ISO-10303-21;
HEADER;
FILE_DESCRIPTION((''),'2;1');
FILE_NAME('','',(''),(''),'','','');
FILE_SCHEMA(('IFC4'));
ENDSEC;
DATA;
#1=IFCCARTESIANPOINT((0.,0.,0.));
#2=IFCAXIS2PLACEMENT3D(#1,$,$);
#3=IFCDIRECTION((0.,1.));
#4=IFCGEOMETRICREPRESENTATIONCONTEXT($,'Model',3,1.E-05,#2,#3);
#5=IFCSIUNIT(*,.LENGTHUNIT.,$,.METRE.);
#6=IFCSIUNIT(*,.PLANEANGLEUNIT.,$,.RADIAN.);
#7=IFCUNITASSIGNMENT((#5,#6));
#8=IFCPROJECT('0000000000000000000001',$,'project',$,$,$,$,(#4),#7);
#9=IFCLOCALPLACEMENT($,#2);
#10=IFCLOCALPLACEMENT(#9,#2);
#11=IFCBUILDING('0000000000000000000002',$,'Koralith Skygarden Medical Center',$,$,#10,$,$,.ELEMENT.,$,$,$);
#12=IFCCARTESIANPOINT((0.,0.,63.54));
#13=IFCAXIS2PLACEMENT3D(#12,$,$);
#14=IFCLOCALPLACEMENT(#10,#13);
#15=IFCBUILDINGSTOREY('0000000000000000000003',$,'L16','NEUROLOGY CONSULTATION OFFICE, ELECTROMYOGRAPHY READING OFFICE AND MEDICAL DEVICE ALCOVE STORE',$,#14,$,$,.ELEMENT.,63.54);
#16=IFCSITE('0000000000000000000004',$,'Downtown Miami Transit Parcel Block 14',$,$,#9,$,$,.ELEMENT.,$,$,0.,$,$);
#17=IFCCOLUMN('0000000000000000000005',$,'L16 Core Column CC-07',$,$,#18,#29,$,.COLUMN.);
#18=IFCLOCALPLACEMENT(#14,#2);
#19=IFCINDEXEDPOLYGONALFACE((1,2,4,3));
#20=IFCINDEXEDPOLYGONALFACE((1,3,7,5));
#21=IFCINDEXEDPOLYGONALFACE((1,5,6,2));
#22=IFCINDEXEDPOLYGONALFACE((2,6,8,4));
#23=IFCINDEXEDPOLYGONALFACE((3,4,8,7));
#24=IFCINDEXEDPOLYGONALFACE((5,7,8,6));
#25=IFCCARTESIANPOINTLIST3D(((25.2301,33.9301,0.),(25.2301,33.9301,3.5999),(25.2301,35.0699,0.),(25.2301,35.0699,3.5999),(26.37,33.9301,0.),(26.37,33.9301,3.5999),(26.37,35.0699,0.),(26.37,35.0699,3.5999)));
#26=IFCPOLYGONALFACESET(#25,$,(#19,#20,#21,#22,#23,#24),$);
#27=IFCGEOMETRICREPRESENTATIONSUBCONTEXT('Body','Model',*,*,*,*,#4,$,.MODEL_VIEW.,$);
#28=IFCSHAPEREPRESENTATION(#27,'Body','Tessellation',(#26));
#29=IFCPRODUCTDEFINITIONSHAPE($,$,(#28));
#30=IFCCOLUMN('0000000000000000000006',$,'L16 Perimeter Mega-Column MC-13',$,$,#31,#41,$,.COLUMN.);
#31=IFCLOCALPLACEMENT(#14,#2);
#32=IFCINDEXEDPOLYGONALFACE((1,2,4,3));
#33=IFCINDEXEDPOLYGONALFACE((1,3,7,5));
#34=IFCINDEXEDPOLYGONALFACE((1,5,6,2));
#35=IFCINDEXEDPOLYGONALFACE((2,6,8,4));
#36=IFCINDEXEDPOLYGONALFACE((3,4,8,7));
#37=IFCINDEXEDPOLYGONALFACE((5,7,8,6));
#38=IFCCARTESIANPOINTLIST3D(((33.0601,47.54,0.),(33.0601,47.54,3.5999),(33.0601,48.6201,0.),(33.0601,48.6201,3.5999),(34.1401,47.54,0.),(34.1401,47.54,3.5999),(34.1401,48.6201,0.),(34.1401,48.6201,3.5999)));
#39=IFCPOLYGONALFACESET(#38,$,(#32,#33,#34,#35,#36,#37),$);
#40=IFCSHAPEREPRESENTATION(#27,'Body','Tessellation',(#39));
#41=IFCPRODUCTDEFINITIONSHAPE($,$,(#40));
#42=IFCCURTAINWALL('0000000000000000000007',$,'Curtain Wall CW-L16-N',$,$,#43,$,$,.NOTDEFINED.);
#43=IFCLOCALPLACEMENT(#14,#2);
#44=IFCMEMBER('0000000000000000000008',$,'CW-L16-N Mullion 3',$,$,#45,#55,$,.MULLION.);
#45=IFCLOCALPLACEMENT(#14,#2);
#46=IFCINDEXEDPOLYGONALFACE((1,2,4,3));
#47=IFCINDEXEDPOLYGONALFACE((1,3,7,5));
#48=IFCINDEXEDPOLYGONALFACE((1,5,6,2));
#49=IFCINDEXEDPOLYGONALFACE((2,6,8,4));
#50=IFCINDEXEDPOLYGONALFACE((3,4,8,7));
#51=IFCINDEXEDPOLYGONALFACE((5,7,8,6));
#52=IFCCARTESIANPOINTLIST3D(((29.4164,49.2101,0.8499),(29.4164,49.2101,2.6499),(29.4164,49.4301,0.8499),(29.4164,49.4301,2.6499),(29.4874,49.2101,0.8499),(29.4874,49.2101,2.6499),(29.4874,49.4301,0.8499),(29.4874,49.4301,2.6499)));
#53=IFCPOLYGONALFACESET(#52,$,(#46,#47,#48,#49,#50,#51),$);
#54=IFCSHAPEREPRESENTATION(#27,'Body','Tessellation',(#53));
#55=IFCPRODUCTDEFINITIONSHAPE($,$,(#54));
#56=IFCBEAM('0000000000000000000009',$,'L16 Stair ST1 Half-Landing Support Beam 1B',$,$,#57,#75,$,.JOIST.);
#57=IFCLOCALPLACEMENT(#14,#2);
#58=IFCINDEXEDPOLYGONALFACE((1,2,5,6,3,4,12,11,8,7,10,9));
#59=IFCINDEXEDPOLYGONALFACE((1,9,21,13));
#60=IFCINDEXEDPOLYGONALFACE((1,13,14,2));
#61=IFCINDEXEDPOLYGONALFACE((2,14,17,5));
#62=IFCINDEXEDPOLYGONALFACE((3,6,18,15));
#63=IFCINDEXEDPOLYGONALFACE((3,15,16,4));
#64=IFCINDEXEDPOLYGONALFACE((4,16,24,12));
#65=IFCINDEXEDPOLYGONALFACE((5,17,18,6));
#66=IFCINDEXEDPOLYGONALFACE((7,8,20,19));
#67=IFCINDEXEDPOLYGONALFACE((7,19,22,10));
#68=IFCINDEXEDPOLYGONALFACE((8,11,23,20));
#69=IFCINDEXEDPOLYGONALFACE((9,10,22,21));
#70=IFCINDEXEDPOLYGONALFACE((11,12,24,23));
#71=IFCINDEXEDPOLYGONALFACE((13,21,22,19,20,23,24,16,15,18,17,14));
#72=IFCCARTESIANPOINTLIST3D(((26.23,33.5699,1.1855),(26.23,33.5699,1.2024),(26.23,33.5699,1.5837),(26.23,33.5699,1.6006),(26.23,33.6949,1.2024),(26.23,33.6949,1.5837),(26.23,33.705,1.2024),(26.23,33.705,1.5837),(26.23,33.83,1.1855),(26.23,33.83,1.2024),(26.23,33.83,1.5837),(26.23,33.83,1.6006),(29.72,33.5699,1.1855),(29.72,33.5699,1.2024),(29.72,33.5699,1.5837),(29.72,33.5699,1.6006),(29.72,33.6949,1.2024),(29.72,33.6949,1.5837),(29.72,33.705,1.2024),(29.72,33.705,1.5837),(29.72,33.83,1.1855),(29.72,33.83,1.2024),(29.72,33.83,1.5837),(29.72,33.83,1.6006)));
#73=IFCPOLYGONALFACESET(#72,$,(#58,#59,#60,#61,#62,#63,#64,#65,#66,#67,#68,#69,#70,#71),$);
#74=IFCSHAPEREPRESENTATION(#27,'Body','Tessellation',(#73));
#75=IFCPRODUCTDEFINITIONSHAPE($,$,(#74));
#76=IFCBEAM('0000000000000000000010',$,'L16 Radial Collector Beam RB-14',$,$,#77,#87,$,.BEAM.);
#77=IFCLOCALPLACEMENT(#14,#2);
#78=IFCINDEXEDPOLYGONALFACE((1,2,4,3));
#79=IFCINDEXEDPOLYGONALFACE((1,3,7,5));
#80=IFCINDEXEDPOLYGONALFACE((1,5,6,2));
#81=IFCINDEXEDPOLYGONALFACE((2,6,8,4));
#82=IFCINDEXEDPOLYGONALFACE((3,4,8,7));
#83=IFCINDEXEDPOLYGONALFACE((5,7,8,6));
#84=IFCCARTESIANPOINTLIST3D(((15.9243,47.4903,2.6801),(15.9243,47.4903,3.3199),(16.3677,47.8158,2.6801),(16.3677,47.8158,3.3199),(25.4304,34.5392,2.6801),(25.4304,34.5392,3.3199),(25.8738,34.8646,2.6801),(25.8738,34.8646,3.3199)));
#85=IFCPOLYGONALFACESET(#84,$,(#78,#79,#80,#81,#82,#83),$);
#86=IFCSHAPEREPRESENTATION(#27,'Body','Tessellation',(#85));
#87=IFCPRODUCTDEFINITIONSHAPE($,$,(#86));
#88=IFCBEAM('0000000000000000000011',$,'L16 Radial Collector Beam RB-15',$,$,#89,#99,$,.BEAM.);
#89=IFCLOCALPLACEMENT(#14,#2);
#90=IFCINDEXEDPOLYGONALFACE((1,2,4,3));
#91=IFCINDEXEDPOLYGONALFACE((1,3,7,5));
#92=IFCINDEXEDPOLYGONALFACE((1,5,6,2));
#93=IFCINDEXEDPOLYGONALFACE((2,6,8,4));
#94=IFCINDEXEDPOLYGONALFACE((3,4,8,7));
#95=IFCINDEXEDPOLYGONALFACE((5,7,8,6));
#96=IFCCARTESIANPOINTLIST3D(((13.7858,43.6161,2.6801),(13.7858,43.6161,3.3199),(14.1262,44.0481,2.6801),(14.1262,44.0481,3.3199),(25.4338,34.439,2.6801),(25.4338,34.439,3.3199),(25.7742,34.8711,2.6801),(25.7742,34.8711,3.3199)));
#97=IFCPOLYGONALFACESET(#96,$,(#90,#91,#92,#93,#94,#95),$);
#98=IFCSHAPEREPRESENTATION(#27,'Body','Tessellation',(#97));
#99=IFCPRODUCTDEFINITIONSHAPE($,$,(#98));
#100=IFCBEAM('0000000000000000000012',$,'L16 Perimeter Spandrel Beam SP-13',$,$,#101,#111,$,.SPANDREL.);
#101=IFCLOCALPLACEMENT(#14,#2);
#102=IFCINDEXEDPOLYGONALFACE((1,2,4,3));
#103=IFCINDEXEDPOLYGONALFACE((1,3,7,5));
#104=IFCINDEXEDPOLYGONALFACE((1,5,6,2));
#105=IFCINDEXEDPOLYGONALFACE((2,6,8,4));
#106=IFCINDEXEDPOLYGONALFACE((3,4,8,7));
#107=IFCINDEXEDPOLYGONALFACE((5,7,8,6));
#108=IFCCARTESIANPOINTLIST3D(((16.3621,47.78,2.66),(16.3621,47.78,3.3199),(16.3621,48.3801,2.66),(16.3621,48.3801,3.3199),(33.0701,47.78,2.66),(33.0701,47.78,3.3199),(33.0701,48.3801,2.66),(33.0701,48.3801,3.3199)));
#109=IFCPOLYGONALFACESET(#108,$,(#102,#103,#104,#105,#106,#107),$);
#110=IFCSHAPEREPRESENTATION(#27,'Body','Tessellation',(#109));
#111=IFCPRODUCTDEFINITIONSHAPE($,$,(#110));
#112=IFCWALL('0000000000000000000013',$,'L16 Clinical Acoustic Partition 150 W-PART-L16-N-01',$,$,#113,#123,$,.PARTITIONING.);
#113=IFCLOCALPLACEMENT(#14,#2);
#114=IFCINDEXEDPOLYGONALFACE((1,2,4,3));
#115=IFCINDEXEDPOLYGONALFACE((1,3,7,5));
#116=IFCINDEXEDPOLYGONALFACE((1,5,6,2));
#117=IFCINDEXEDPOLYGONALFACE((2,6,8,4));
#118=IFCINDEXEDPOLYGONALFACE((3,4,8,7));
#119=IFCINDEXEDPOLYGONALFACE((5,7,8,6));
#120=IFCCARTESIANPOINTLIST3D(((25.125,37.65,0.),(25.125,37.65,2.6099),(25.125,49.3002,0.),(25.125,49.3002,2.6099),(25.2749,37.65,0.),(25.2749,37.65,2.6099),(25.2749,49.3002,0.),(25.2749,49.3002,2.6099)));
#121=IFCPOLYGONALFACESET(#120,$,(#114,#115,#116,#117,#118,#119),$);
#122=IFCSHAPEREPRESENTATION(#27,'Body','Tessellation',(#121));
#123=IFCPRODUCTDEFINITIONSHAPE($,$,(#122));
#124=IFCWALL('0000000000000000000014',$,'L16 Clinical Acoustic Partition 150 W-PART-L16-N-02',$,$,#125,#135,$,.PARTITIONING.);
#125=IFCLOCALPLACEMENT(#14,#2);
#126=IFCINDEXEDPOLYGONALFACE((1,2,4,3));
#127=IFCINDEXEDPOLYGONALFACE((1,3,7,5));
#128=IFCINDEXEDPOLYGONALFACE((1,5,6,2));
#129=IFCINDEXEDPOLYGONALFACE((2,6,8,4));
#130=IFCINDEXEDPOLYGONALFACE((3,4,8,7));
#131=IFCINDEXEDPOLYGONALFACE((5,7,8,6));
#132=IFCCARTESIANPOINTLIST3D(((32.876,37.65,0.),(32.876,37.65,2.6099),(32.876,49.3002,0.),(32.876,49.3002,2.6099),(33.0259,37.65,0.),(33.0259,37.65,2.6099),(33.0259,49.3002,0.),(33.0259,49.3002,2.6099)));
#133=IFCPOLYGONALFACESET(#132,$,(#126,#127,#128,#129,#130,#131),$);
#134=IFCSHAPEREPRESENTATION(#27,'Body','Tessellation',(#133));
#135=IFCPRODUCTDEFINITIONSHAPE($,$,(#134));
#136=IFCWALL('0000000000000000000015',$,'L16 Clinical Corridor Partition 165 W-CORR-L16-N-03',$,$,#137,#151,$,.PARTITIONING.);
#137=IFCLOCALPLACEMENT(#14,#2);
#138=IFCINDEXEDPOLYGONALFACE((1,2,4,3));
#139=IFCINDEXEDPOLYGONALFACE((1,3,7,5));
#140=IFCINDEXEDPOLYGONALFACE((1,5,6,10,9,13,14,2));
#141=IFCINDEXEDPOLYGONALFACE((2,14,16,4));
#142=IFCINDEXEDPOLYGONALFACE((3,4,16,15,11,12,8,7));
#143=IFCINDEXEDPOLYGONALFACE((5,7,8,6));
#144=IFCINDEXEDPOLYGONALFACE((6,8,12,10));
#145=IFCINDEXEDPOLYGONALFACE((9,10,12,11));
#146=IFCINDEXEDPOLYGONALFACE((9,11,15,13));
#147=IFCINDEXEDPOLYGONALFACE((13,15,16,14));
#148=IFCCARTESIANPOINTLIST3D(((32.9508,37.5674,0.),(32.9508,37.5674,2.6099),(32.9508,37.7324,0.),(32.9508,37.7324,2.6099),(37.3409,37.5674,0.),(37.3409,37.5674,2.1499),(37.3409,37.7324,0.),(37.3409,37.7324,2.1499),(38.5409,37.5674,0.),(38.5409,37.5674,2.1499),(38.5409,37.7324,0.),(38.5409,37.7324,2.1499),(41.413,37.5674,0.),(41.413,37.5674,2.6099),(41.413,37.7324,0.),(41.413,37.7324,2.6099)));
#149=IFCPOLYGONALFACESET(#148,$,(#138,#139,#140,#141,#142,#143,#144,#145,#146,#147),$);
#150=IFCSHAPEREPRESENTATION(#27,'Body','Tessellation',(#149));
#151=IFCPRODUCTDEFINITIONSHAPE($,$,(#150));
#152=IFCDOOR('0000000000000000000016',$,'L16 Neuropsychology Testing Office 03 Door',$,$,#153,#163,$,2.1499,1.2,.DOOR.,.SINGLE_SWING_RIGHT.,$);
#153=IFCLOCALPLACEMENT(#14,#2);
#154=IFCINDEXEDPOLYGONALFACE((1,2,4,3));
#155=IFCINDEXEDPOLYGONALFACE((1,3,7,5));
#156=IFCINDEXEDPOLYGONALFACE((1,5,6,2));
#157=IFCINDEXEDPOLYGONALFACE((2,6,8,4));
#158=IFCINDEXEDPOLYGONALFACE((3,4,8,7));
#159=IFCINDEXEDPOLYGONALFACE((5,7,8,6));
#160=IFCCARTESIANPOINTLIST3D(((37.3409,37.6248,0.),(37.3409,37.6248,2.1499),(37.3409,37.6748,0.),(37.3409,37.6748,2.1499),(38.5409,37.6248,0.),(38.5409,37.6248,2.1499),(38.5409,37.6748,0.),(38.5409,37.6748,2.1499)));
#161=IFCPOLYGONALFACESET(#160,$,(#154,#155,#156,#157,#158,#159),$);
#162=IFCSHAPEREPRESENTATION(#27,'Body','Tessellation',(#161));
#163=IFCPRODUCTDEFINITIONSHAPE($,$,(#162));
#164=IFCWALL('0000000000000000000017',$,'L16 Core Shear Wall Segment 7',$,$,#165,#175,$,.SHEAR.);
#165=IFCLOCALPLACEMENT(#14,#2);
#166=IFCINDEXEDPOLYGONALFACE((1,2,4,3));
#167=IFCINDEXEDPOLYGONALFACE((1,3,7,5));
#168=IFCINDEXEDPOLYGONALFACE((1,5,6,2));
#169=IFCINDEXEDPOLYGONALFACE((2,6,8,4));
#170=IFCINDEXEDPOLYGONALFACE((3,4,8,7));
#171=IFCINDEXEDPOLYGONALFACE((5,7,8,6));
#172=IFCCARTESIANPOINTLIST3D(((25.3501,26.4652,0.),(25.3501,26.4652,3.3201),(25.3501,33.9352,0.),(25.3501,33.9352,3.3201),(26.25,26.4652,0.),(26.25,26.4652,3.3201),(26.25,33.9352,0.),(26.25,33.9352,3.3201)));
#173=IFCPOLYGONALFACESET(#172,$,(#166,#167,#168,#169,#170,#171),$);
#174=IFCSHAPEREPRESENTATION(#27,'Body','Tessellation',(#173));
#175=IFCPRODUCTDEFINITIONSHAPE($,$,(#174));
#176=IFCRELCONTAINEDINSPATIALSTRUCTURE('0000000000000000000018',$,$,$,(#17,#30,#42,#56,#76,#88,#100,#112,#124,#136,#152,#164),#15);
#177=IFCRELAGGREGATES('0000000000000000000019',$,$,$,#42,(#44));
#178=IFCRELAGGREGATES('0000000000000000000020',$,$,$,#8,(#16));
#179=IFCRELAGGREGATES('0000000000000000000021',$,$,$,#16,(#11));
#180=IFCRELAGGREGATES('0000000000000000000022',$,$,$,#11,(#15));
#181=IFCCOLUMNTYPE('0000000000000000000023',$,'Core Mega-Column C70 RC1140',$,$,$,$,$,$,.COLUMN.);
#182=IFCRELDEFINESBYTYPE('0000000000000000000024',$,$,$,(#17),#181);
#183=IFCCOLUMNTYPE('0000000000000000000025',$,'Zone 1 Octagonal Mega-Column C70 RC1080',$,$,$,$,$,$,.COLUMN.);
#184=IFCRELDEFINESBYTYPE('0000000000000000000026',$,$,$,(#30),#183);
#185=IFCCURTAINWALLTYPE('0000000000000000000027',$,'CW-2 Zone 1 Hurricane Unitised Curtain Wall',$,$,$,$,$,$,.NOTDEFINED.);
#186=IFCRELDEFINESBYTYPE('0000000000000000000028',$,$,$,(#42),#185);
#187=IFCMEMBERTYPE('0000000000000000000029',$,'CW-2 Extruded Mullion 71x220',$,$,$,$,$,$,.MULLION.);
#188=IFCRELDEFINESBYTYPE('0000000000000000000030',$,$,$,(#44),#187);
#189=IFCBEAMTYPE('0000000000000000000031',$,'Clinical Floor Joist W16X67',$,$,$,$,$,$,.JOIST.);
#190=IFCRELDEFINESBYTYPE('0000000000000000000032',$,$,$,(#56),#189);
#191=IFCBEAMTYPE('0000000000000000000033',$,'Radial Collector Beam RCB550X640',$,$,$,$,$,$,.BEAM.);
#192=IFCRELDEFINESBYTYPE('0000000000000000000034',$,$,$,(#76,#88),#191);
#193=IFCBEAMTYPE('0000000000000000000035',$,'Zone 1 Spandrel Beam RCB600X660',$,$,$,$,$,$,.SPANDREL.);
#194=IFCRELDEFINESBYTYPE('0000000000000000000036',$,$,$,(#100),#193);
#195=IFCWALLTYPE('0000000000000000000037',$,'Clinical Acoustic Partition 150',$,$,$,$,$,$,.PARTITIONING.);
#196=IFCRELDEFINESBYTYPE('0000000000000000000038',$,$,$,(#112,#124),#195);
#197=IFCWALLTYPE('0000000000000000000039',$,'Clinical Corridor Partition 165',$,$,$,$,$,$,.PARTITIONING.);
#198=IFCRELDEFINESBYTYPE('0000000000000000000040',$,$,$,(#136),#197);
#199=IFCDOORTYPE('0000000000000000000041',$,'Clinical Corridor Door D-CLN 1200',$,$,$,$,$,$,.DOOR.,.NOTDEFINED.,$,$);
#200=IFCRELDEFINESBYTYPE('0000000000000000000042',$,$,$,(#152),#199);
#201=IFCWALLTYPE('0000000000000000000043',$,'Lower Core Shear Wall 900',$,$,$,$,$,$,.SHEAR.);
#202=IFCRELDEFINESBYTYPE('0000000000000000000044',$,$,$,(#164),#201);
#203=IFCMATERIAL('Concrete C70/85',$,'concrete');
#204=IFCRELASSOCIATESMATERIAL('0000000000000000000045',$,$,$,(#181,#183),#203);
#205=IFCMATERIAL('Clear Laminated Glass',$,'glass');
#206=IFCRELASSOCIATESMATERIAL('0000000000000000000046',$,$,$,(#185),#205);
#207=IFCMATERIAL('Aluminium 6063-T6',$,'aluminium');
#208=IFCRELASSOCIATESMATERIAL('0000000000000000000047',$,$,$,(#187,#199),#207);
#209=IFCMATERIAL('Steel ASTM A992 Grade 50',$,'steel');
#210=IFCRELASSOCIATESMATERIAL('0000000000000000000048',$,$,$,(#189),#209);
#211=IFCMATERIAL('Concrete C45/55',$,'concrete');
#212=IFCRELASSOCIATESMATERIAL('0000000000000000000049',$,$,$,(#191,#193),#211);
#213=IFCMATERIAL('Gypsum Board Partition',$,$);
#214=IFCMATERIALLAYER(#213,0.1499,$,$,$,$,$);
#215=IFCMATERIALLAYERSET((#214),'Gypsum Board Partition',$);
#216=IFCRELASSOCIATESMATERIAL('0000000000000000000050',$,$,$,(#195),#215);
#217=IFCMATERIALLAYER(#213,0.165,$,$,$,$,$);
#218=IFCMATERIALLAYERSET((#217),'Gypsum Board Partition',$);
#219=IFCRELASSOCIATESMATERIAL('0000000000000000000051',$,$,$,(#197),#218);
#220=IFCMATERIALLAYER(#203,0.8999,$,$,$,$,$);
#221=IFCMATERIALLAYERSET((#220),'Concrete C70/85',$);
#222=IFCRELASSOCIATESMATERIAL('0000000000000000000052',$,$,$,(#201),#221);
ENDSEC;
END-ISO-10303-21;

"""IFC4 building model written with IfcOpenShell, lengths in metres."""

from ifc_helpers import new_model, si_unit, direction, frame, frame_2d, origin, origin_2d, place, context, subcontext, project, spatial, rectangle, i_section, extrude, material, layer, layer_set, material_profile, profile_set, type_object, element, fill, aggregate, save


model = new_model("IFC4")

# Units and contexts
model_context = context("Model", 3, precision=1e-05, world=origin(), true_north=direction((0.0, 1.0)))
body_context = subcontext(model_context, "Body", "Model", "MODEL_VIEW")
ifc_project = project(units=[si_unit("LENGTHUNIT", "METRE"), si_unit("PLANEANGLEUNIT", "RADIAN")], contexts=[model_context])

# Site, building, storey
site_placement = place(None, origin())
site = spatial("IfcSite", under=ifc_project, at=site_placement, Name="Downtown Miami Transit Parcel Block 14", CompositionType="ELEMENT", RefElevation=0.0)
building_placement = place(site_placement, origin())
building = spatial("IfcBuilding", under=site, at=building_placement, Name="Koralith Skygarden Medical Center", CompositionType="ELEMENT")
storey_placement = place(building_placement, frame((0.0, 0.0, 63.54)))
storey = spatial("IfcBuildingStorey", under=building, at=storey_placement, Name="L16", Description="NEUROLOGY CONSULTATION OFFICE, ELECTROMYOGRAPHY READING OFFICE AND MEDICAL DEVICE ALCOVE STORE", CompositionType="ELEMENT", Elevation=63.54)

# Columns
ifc_material_1 = material(Name="Concrete C70/85", Category="concrete")
ifc_material_profile_1 = material_profile(ifc_material_1, rectangle(XDim=1.1399, YDim=1.1399, at=origin_2d()), Name="RC1140X1140")
ifc_profile_set_1 = profile_set([ifc_material_profile_1], Name="Concrete C70/85")
column_type_1 = type_object("IfcColumnType", Name="Core Mega-Column C70 RC1140", PredefinedType="COLUMN", material=ifc_profile_set_1)
column_1_placement = place(storey_placement, frame((25.8, 34.5, 0.0), z_axis=(0.0, 0.0, 1.0), x_axis=(1.0, 0.0, 0.0)))
element("IfcColumn", 1, at=column_1_placement, inside=storey, type_object=column_type_1, Name="L16 Core Column CC-07", PredefinedType="COLUMN", context=body_context, shape_type="SweptSolid", body=[
    extrude(rectangle(XDim=1.1399, YDim=1.1399, at=origin_2d()), origin(), (0.0, 0.0, 1.0), 3.5999),
])
ifc_material_profile_2 = material_profile(ifc_material_1, rectangle(XDim=1.0801, YDim=1.0801, at=origin_2d()), Name="RC1080X1080")
ifc_profile_set_2 = profile_set([ifc_material_profile_2], Name="Concrete C70/85")
column_type_2 = type_object("IfcColumnType", Name="Zone 1 Octagonal Mega-Column C70 RC1080", PredefinedType="COLUMN", material=ifc_profile_set_2)
column_2_placement = place(storey_placement, frame((33.6001, 48.0801, 0.0), z_axis=(0.0, 0.0, 1.0), x_axis=(1.0, 0.0, 0.0)))
element("IfcColumn", 2, at=column_2_placement, inside=storey, type_object=column_type_2, Name="L16 Perimeter Mega-Column MC-13", PredefinedType="COLUMN", context=body_context, shape_type="SweptSolid", body=[
    extrude(rectangle(XDim=1.0801, YDim=1.0801, at=origin_2d()), origin(), (0.0, 0.0, 1.0), 3.5999),
])

# Curtain wall, member
ifc_material_2 = material(Name="Clear Laminated Glass", Category="glass")
curtain_wall_type = type_object("IfcCurtainWallType", Name="CW-2 Zone 1 Hurricane Unitised Curtain Wall", PredefinedType="NOTDEFINED", material=ifc_material_2)
curtain_wall_placement = place(storey_placement, origin())
curtain_wall = element("IfcCurtainWall", 3, at=curtain_wall_placement, inside=storey, type_object=curtain_wall_type, Name="Curtain Wall CW-L16-N", PredefinedType="NOTDEFINED")
ifc_material_3 = material(Name="Aluminium 6063-T6", Category="aluminium")
ifc_material_profile_3 = material_profile(ifc_material_3, rectangle(XDim=0.071, YDim=0.22, at=origin_2d()), Name="MUL71X220")
ifc_profile_set_3 = profile_set([ifc_material_profile_3], Name="Aluminium 6063-T6")
member_type = type_object("IfcMemberType", Name="CW-2 Extruded Mullion 71x220", PredefinedType="MULLION", material=ifc_profile_set_3)
member_placement = place(storey_placement, frame((29.4519, 49.3201, 0.8499), z_axis=(0.0, 0.0, 1.0), x_axis=(1.0, 0.0, 0.0)))
member = element("IfcMember", 4, at=member_placement, type_object=member_type, Name="CW-L16-N Mullion 3", PredefinedType="MULLION", context=body_context, shape_type="SweptSolid", body=[
    extrude(rectangle(XDim=0.071, YDim=0.22, at=origin_2d()), origin(), (0.0, 0.0, 1.0), 1.8),
])
aggregate(curtain_wall, [member])

# Beams
ifc_material_4 = material(Name="Steel ASTM A992 Grade 50", Category="steel")
ifc_material_profile_4 = material_profile(ifc_material_4, i_section(OverallWidth=0.26, OverallDepth=0.415, WebThickness=0.01, FlangeThickness=0.0168, at=origin_2d()), Name="W16X67")
ifc_profile_set_4 = profile_set([ifc_material_profile_4], Name="Steel ASTM A992 Grade 50")
beam_type_1 = type_object("IfcBeamType", Name="Clinical Floor Joist W16X67", PredefinedType="JOIST", material=ifc_profile_set_4)
beam_1_placement = place(storey_placement, frame((26.23, 33.7, 1.3931), z_axis=(1.0, 0.0, 0.0), x_axis=(0.0, 1.0, 0.0)))
element("IfcBeam", 5, at=beam_1_placement, inside=storey, type_object=beam_type_1, Name="L16 Stair ST1 Half-Landing Support Beam 1B", PredefinedType="JOIST", context=body_context, shape_type="SweptSolid", body=[
    extrude(i_section(OverallWidth=0.26, OverallDepth=0.415, WebThickness=0.01, FlangeThickness=0.0168, at=origin_2d()), origin(), (0.0, 0.0, 1.0), 3.49),
])
ifc_material_5 = material(Name="Concrete C45/55", Category="concrete")
ifc_material_profile_5 = material_profile(ifc_material_5, rectangle(XDim=0.55, YDim=0.6399, at=origin_2d()), Name="RCB550X640")
ifc_profile_set_5 = profile_set([ifc_material_profile_5], Name="Concrete C45/55")
beam_type_2 = type_object("IfcBeamType", Name="Radial Collector Beam RCB550X640", PredefinedType="BEAM", material=ifc_profile_set_5)
beam_2_placement = place(storey_placement, frame((25.6521, 34.7019, 3.0), z_axis=(-0.591711, 0.80615, 0.0), x_axis=(-0.80615, -0.591711, 0.0)))
element("IfcBeam", 6, at=beam_2_placement, inside=storey, type_object=beam_type_2, Name="L16 Radial Collector Beam RB-14", PredefinedType="BEAM", context=body_context, shape_type="SweptSolid", body=[
    extrude(rectangle(XDim=0.55, YDim=0.6399, at=origin_2d()), origin(), (0.0, 0.0, 1.0), 16.0654),
])
beam_3_placement = place(storey_placement, frame((25.604, 34.655, 3.0), z_axis=(-0.785497, 0.618865, 0.0), x_axis=(-0.618865, -0.785497, 0.0)))
element("IfcBeam", 7, at=beam_3_placement, inside=storey, type_object=beam_type_2, Name="L16 Radial Collector Beam RB-15", PredefinedType="BEAM", context=body_context, shape_type="SweptSolid", body=[
    extrude(rectangle(XDim=0.55, YDim=0.6399, at=origin_2d()), origin(), (0.0, 0.0, 1.0), 14.8289),
])
ifc_material_profile_6 = material_profile(ifc_material_5, rectangle(XDim=0.6001, YDim=0.6599, at=origin_2d()), Name="RCB600X660")
ifc_profile_set_6 = profile_set([ifc_material_profile_6], Name="Concrete C45/55")
beam_type_3 = type_object("IfcBeamType", Name="Zone 1 Spandrel Beam RCB600X660", PredefinedType="SPANDREL", material=ifc_profile_set_6)
beam_4_placement = place(storey_placement, frame((33.0701, 48.0801, 2.99), z_axis=(-1.0, 0.0, 0.0), x_axis=(0.0, -1.0, 0.0)))
element("IfcBeam", 8, at=beam_4_placement, inside=storey, type_object=beam_type_3, Name="L16 Perimeter Spandrel Beam SP-13", PredefinedType="SPANDREL", context=body_context, shape_type="SweptSolid", body=[
    extrude(rectangle(XDim=0.6001, YDim=0.6599, at=origin_2d()), origin(), (0.0, 0.0, 1.0), 16.708),
])

# Walls
ifc_material_6 = material(Name="Gypsum Board Partition")
ifc_layer_1 = layer(ifc_material_6, 0.1499)
ifc_layer_set_1 = layer_set([ifc_layer_1], Name="Gypsum Board Partition")
wall_type_1 = type_object("IfcWallType", Name="Clinical Acoustic Partition 150", PredefinedType="PARTITIONING", material=ifc_layer_set_1)
for number, where, z_axis, x_axis, name in (
    (9, (25.2, 37.6499, 0.0), (0.0, 0.0, 1.0), (0.0, 1.0, 0.0), "L16 Clinical Acoustic Partition 150 W-PART-L16-N-01"),
    (10, (32.9509, 37.6499, 0.0), (0.0, 0.0, 1.0), (0.0, 1.0, 0.0), "L16 Clinical Acoustic Partition 150 W-PART-L16-N-02"),
):
    element("IfcWall", number, at=place(storey_placement, frame(where, z_axis=z_axis, x_axis=x_axis)), inside=storey, type_object=wall_type_1, Name=name, PredefinedType="PARTITIONING", context=body_context, shape_type="SweptSolid", body=[
        extrude(rectangle(XDim=11.6501, YDim=0.1499, at=frame_2d((5.8252, 0.0))), origin(), (0.0, 0.0, 1.0), 2.6099),
    ])

# Wall, opening, door
ifc_layer_2 = layer(ifc_material_6, 0.165)
ifc_layer_set_2 = layer_set([ifc_layer_2], Name="Gypsum Board Partition")
wall_type_2 = type_object("IfcWallType", Name="Clinical Corridor Partition 165", PredefinedType="PARTITIONING", material=ifc_layer_set_2)
door_type_1 = type_object("IfcDoorType", Name="Clinical Corridor Door D-CLN 1200", OperationType="NOTDEFINED", PredefinedType="DOOR", material=ifc_material_3)
wall_1_placement = place(storey_placement, frame((32.9509, 37.6499, 0.0), z_axis=(0.0, 0.0, 1.0), x_axis=(1.0, 0.0, 0.0)))
wall_1 = element("IfcWall", 11, at=wall_1_placement, inside=storey, type_object=wall_type_2, Name="L16 Clinical Corridor Partition 165 W-CORR-L16-N-03", PredefinedType="PARTITIONING", context=body_context, shape_type="SweptSolid", body=[
    extrude(rectangle(XDim=8.4622, YDim=0.165, at=frame_2d((4.231, 0.0))), origin(), (0.0, 0.0, 1.0), 2.6099),
])
opening_1_placement = place(wall_1_placement, frame((4.3899, 0.0, 0.0)))
opening_1 = element("IfcOpeningElement", 12, at=opening_1_placement, cuts=wall_1, PredefinedType="OPENING", context=body_context, shape_type="SweptSolid", body=[
    extrude(rectangle(XDim=1.2, YDim=2.1499, at=frame_2d((0.6001, 1.075))), frame((0.0, 0.0925, 0.0), z_axis=(0.0, -1.0, 0.0), x_axis=(1.0, 0.0, 0.0)), (0.0, 0.0, 1.0), 0.1851),
])
door_1_placement = place(opening_1_placement, origin())
door_1 = element("IfcDoor", 13, at=door_1_placement, inside=storey, type_object=door_type_1, Name="L16 Neuropsychology Testing Office 03 Door", OperationType="SINGLE_SWING_RIGHT", OverallHeight=2.1499, OverallWidth=1.2, PredefinedType="DOOR", context=body_context, shape_type="SweptSolid", body=[
    extrude(rectangle(XDim=1.2, YDim=2.1499, at=frame_2d((0.6001, 1.075))), frame((0.0, 0.0249, 0.0), z_axis=(0.0, -1.0, 0.0), x_axis=(1.0, 0.0, 0.0)), (0.0, 0.0, 1.0), 0.05),
])
fill(opening_1, door_1)

# Wall
ifc_layer_3 = layer(ifc_material_1, 0.8999)
ifc_layer_set_3 = layer_set([ifc_layer_3], Name="Concrete C70/85")
wall_type_3 = type_object("IfcWallType", Name="Lower Core Shear Wall 900", PredefinedType="SHEAR", material=ifc_layer_set_3)
wall_2_placement = place(storey_placement, frame((25.8, 33.9351, 0.0), z_axis=(0.0, 0.0, 1.0), x_axis=(0.0, -1.0, 0.0)))
element("IfcWall", 14, at=wall_2_placement, inside=storey, type_object=wall_type_3, Name="L16 Core Shear Wall Segment 7", PredefinedType="SHEAR", context=body_context, shape_type="SweptSolid", body=[
    extrude(rectangle(XDim=7.47, YDim=0.8999, at=frame_2d((3.7349, 0.0))), origin(), (0.0, 0.0, 1.0), 3.3201),
])

save(model, "model.ifc")
